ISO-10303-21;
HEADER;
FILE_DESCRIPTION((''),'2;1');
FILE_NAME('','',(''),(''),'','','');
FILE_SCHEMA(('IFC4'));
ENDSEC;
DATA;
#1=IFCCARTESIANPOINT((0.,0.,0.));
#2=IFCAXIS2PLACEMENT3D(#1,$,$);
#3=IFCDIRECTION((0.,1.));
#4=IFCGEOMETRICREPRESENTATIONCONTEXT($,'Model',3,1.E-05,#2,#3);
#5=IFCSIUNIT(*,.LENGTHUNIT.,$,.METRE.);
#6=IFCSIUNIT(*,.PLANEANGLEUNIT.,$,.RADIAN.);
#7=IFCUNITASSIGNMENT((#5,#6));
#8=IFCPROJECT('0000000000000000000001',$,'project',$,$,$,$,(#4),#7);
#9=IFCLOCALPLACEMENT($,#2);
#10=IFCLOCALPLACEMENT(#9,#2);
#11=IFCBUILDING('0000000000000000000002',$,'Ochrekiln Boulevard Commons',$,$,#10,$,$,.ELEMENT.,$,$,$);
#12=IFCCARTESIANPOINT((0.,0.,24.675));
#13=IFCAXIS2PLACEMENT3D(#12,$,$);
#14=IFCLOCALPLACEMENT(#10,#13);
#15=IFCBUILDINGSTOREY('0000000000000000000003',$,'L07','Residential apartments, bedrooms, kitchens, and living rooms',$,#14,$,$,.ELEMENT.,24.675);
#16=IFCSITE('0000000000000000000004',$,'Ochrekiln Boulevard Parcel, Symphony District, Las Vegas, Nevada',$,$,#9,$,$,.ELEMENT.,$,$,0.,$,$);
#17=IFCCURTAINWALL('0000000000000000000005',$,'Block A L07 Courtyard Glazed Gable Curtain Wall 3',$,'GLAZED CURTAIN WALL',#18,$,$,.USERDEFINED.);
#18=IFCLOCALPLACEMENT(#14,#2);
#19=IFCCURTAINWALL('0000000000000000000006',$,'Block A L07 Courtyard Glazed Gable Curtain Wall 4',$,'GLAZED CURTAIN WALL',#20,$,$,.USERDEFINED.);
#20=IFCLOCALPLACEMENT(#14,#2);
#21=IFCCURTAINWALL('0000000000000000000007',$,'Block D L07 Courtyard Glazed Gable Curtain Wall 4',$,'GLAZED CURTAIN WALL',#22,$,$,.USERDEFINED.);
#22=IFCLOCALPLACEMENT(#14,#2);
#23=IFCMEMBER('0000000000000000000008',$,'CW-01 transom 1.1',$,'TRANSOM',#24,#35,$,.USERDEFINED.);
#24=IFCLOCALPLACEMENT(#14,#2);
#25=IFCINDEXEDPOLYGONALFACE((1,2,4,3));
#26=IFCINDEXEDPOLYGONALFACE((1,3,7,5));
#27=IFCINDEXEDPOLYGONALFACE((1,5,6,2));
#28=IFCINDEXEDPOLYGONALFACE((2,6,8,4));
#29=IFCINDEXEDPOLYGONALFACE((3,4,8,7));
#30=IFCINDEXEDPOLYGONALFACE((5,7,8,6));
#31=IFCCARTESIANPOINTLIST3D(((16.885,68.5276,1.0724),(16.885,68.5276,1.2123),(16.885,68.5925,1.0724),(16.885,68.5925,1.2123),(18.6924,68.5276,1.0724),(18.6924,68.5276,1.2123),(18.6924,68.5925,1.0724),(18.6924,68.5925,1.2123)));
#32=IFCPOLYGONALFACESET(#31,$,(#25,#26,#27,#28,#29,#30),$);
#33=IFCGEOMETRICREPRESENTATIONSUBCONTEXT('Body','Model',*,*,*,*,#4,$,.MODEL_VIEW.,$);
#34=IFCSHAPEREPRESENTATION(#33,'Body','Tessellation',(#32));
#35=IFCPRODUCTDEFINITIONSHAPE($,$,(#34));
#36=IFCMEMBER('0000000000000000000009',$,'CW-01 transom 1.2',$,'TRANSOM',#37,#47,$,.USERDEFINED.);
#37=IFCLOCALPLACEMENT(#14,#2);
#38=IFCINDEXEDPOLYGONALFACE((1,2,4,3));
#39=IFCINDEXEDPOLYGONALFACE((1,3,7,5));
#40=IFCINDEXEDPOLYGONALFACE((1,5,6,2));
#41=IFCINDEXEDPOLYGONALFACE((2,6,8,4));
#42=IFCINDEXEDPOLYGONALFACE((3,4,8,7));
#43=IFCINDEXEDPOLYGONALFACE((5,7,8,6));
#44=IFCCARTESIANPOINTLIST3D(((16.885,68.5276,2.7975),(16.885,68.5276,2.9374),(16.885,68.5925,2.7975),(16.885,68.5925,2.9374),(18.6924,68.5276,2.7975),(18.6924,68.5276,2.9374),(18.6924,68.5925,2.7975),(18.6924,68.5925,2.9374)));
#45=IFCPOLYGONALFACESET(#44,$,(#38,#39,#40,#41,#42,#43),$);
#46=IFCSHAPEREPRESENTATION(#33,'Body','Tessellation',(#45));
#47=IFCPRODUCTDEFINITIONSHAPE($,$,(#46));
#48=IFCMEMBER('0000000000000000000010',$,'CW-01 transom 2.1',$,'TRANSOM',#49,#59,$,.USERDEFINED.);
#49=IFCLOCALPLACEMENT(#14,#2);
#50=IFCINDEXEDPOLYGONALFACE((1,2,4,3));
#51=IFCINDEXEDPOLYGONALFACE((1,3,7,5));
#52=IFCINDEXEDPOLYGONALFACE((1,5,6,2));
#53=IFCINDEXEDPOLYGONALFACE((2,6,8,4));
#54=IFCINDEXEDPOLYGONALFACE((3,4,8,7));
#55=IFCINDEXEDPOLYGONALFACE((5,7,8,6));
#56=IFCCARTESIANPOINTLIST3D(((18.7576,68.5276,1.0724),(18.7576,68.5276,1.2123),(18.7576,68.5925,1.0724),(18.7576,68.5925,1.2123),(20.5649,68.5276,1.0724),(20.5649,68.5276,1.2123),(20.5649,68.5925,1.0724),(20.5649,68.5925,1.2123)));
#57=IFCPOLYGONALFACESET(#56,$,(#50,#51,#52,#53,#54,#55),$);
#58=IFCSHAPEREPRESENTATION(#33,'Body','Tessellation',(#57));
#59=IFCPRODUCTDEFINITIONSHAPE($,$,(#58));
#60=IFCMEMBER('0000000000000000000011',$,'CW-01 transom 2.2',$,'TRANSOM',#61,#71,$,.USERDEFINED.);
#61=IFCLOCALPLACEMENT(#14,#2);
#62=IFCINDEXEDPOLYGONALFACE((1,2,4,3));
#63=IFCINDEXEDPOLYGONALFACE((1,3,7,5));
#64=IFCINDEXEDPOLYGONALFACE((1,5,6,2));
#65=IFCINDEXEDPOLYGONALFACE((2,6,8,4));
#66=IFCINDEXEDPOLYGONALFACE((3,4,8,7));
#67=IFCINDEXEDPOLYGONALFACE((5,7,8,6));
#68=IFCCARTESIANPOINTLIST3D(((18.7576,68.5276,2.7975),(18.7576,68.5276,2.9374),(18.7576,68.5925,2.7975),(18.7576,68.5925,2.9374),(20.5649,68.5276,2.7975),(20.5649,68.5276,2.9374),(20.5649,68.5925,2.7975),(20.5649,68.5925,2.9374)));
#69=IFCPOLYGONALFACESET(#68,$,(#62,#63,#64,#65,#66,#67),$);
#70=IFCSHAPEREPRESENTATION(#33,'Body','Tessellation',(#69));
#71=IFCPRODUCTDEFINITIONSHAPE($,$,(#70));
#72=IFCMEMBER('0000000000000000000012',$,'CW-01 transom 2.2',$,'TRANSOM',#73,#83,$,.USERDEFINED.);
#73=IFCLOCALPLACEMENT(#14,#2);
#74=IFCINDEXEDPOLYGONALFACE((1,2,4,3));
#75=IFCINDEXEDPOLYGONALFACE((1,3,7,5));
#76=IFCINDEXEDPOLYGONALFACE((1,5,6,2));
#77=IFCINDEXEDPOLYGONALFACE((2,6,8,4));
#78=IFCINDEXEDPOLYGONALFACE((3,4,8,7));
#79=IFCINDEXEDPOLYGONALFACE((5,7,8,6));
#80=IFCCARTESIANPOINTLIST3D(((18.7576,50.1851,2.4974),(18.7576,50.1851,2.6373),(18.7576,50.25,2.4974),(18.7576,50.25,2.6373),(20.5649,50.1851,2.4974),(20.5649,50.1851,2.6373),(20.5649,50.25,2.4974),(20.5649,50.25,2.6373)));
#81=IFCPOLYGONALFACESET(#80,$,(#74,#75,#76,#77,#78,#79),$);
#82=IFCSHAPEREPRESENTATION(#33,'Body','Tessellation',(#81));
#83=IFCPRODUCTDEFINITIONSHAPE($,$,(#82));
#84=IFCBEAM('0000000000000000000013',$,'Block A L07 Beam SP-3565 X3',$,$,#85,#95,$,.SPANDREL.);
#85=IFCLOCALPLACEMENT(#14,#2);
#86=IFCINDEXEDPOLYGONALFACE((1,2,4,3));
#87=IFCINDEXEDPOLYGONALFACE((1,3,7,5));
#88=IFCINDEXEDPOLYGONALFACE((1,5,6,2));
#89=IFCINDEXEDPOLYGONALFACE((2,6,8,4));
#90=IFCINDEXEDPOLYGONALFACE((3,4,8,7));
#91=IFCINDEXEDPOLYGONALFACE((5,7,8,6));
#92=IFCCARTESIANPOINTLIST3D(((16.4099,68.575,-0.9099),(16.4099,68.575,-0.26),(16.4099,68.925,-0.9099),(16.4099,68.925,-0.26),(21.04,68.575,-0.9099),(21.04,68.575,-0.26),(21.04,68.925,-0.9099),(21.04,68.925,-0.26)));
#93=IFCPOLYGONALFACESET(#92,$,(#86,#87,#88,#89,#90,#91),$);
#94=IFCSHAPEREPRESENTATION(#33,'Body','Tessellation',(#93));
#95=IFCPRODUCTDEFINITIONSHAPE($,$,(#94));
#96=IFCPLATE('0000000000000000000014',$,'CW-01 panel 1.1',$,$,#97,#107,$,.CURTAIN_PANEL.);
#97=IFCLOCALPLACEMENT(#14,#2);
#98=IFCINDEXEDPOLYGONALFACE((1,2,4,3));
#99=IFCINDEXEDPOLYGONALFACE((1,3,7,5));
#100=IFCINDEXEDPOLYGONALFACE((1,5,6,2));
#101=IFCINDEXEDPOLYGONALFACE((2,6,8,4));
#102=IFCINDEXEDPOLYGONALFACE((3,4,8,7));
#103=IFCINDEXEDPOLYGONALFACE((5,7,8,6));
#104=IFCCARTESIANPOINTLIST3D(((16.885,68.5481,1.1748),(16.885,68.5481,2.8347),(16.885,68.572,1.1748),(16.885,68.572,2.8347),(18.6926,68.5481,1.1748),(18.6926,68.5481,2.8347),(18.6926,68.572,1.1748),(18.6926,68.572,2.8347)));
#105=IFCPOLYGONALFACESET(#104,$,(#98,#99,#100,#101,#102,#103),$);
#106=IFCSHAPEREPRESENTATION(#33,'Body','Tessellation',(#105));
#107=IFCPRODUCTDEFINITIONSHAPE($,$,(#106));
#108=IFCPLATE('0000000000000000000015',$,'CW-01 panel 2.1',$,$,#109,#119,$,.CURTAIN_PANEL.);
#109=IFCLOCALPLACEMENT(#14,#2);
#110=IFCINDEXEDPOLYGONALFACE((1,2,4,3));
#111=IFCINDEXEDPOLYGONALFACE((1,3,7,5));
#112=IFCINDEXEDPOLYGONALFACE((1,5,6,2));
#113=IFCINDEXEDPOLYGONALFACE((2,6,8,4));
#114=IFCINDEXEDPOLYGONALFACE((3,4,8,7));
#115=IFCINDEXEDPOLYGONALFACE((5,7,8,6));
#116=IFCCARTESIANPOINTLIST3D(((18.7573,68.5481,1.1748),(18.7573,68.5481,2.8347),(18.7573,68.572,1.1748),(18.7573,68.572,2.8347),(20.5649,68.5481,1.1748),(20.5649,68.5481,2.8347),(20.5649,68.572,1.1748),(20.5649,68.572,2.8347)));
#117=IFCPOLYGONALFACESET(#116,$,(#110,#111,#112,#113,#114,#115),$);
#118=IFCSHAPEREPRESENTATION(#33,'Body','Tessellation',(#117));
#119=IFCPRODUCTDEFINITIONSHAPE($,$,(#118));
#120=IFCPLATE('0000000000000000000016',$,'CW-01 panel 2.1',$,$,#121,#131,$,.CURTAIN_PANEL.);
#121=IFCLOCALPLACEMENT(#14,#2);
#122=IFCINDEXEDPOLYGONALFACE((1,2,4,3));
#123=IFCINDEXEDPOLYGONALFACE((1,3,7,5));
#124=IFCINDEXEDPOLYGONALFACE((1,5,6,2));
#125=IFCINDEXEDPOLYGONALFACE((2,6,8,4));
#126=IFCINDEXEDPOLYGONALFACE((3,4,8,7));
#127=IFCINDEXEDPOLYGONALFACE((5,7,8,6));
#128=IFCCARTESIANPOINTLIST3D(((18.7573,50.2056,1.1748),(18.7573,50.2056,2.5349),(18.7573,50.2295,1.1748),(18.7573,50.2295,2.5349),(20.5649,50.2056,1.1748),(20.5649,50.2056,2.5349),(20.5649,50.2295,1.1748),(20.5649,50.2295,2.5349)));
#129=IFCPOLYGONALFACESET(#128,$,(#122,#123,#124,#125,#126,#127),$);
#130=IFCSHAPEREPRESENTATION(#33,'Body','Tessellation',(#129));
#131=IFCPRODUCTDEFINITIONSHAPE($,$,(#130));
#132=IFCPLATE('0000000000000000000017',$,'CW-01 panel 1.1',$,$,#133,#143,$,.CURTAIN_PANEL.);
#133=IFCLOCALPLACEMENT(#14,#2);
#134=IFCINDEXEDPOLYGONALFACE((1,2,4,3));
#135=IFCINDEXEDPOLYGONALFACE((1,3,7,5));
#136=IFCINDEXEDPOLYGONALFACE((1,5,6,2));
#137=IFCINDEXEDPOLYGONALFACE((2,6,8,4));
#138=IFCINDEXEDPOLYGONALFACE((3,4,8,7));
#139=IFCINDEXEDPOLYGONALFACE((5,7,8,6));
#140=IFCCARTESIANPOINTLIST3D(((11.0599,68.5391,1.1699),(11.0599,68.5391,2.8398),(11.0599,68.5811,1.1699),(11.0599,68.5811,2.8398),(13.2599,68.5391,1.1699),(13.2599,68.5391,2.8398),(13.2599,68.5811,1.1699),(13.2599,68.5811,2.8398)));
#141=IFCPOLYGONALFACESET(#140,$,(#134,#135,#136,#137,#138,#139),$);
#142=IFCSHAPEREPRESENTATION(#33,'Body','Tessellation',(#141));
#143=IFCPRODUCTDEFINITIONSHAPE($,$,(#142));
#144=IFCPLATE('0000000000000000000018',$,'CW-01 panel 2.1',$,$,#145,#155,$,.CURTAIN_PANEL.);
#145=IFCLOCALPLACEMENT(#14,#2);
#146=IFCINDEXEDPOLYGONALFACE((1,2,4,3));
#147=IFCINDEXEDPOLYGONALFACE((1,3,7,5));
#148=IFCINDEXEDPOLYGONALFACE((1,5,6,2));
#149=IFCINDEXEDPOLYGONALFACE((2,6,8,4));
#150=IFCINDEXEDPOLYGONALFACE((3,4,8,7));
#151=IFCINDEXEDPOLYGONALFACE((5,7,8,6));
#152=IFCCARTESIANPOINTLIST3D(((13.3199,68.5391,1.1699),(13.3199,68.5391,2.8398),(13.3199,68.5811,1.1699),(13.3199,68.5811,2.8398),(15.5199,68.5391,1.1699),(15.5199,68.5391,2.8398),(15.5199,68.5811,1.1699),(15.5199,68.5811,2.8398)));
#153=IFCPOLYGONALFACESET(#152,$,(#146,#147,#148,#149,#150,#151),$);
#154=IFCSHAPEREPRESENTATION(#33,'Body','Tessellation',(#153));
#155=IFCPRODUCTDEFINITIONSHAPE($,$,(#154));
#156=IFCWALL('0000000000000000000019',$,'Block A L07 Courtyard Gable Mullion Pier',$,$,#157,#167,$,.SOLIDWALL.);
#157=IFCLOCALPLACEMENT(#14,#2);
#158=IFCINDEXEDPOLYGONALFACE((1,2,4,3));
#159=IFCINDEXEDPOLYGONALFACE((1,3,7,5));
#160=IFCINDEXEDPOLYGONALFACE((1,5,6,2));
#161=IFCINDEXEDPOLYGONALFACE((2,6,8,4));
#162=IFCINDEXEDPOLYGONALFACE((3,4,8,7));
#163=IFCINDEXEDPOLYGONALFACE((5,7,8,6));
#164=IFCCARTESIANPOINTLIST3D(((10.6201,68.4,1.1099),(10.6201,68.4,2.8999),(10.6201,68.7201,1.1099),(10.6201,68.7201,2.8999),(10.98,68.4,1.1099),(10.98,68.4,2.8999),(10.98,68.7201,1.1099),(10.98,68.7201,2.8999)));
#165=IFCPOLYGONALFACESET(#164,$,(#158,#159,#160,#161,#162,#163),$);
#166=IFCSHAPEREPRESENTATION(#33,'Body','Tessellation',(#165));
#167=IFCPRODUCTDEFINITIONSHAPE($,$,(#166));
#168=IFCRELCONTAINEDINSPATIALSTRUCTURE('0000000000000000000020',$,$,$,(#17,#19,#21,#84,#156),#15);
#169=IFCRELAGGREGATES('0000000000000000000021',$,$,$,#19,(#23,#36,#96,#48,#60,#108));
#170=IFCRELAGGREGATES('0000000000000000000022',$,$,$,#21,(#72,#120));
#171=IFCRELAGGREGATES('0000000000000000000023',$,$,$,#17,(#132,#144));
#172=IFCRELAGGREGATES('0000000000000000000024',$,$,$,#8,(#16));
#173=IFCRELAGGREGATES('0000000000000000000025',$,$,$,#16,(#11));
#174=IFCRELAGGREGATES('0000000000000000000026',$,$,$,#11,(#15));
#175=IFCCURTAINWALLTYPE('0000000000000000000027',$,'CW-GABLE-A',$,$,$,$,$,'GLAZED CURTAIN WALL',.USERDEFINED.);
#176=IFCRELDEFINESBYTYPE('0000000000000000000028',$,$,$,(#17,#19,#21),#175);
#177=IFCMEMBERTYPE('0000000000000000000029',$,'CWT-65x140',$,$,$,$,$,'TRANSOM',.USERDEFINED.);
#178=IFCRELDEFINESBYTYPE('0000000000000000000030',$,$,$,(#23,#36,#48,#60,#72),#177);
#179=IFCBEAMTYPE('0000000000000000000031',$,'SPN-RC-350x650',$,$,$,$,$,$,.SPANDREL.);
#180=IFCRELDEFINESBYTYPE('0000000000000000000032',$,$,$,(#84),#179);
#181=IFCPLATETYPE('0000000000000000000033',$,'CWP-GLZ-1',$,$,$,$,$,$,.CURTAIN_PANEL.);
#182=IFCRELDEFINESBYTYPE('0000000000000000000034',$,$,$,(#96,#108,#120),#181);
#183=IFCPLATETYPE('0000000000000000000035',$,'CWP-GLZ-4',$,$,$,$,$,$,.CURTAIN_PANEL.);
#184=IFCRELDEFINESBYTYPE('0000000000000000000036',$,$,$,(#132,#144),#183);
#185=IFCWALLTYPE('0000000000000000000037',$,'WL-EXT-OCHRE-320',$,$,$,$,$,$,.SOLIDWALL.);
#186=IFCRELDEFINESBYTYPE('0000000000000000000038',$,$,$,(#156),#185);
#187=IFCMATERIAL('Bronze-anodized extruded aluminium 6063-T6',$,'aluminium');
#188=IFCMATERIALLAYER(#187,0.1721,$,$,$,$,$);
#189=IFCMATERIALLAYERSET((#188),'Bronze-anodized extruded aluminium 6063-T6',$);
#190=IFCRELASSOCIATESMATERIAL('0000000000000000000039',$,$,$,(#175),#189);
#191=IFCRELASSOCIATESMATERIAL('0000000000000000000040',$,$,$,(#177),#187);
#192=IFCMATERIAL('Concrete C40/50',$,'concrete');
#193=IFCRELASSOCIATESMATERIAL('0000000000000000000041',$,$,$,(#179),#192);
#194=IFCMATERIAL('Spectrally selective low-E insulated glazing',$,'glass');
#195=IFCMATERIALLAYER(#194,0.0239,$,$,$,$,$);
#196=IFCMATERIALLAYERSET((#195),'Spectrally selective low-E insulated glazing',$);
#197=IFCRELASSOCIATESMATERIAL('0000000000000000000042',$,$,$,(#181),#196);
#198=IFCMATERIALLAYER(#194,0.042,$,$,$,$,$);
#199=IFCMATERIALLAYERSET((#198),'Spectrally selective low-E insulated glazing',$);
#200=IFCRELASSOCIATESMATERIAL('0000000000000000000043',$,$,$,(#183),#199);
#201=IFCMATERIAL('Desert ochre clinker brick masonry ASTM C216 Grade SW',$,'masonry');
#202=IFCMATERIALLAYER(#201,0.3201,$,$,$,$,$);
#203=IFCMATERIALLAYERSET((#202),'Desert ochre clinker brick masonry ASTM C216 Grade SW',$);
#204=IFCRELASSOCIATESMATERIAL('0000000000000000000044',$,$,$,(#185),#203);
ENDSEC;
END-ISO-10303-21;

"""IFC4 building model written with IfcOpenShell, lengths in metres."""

from ifc_helpers import new_model, si_unit, direction, frame, frame_2d, origin, origin_2d, place, context, subcontext, project, spatial, rectangle, extrude, material, layer, layer_set, material_profile, profile_set, type_object, element, aggregate, save


model = new_model("IFC4")

# Units and contexts
model_context = context("Model", 3, precision=1e-05, world=origin(), true_north=direction((0.0, 1.0)))
body_context = subcontext(model_context, "Body", "Model", "MODEL_VIEW")
ifc_project = project(units=[si_unit("LENGTHUNIT", "METRE"), si_unit("PLANEANGLEUNIT", "RADIAN")], contexts=[model_context])

# Site, building, storey
site_placement = place(None, origin())
site = spatial("IfcSite", under=ifc_project, at=site_placement, Name="Ochrekiln Boulevard Parcel, Symphony District, Las Vegas, Nevada", CompositionType="ELEMENT", RefElevation=0.0)
building_placement = place(site_placement, origin())
building = spatial("IfcBuilding", under=site, at=building_placement, Name="Ochrekiln Boulevard Commons", CompositionType="ELEMENT")
storey_placement = place(building_placement, frame((0.0, 0.0, 24.675)))
storey = spatial("IfcBuildingStorey", under=building, at=storey_placement, Name="L07", Description="Residential apartments, bedrooms, kitchens, and living rooms", CompositionType="ELEMENT", Elevation=24.675)

# Shared definitions
ifc_material_1 = material(Name="Concrete C40/50", Category="concrete")

# Curtain wall
ifc_material_2 = material(Name="Bronze-anodized extruded aluminium 6063-T6", Category="aluminium")
ifc_layer_1 = layer(ifc_material_2, 0.1721)
ifc_layer_set_1 = layer_set([ifc_layer_1], Name="Bronze-anodized extruded aluminium 6063-T6")
curtain_wall_type = type_object("IfcCurtainWallType", Name="CW-GABLE-A", ElementType="GLAZED CURTAIN WALL", PredefinedType="USERDEFINED", material=ifc_layer_set_1)
curtain_wall_1_placement = place(storey_placement, origin())
curtain_wall_1 = element("IfcCurtainWall", 1, at=curtain_wall_1_placement, inside=storey, type_object=curtain_wall_type, Name="Block A L07 Courtyard Glazed Gable Curtain Wall 3", ObjectType="GLAZED CURTAIN WALL", PredefinedType="USERDEFINED")

# Curtain wall
curtain_wall_2_placement = place(storey_placement, origin())
curtain_wall_2 = element("IfcCurtainWall", 2, at=curtain_wall_2_placement, inside=storey, type_object=curtain_wall_type, Name="Block A L07 Courtyard Glazed Gable Curtain Wall 4", ObjectType="GLAZED CURTAIN WALL", PredefinedType="USERDEFINED")

# Curtain wall
curtain_wall_3_placement = place(storey_placement, origin())
curtain_wall_3 = element("IfcCurtainWall", 3, at=curtain_wall_3_placement, inside=storey, type_object=curtain_wall_type, Name="Block D L07 Courtyard Glazed Gable Curtain Wall 4", ObjectType="GLAZED CURTAIN WALL", PredefinedType="USERDEFINED")

# Members
ifc_material_profile_1 = material_profile(ifc_material_2, rectangle(XDim=0.0649, YDim=0.1399, at=origin_2d()), Name="ALU-TRN-65x140")
ifc_profile_set_1 = profile_set([ifc_material_profile_1], Name="Bronze-anodized extruded aluminium 6063-T6")
member_type_1 = type_object("IfcMemberType", Name="CWT-65x140", ElementType="TRANSOM", PredefinedType="USERDEFINED", material=ifc_profile_set_1)
member_1_placement = place(storey_placement, frame((16.885, 68.5601, 1.1423), z_axis=(1.0, 0.0, 0.0), x_axis=(0.0, 1.0, 0.0)))
member_1 = element("IfcMember", 4, at=member_1_placement, type_object=member_type_1, Name="CW-01 transom 1.1", ObjectType="TRANSOM", PredefinedType="USERDEFINED", context=body_context, shape_type="SweptSolid", body=[
    extrude(rectangle(XDim=0.0649, YDim=0.1399, at=origin_2d()), origin(), (0.0, 0.0, 1.0), 1.8074),
])
member_2_placement = place(storey_placement, frame((16.885, 68.5601, 2.8674), z_axis=(1.0, 0.0, 0.0), x_axis=(0.0, 1.0, 0.0)))
member_2 = element("IfcMember", 5, at=member_2_placement, type_object=member_type_1, Name="CW-01 transom 1.2", ObjectType="TRANSOM", PredefinedType="USERDEFINED", context=body_context, shape_type="SweptSolid", body=[
    extrude(rectangle(XDim=0.0649, YDim=0.1399, at=origin_2d()), origin(), (0.0, 0.0, 1.0), 1.8074),
])
member_3_placement = place(storey_placement, frame((18.7576, 68.5601, 1.1423), z_axis=(1.0, 0.0, 0.0), x_axis=(0.0, 1.0, 0.0)))
member_3 = element("IfcMember", 6, at=member_3_placement, type_object=member_type_1, Name="CW-01 transom 2.1", ObjectType="TRANSOM", PredefinedType="USERDEFINED", context=body_context, shape_type="SweptSolid", body=[
    extrude(rectangle(XDim=0.0649, YDim=0.1399, at=origin_2d()), origin(), (0.0, 0.0, 1.0), 1.8074),
])
member_4_placement = place(storey_placement, frame((18.7576, 68.5601, 2.8674), z_axis=(1.0, 0.0, 0.0), x_axis=(0.0, 1.0, 0.0)))
member_4 = element("IfcMember", 7, at=member_4_placement, type_object=member_type_1, Name="CW-01 transom 2.2", ObjectType="TRANSOM", PredefinedType="USERDEFINED", context=body_context, shape_type="SweptSolid", body=[
    extrude(rectangle(XDim=0.0649, YDim=0.1399, at=origin_2d()), origin(), (0.0, 0.0, 1.0), 1.8074),
])
member_5_placement = place(storey_placement, frame((18.7576, 50.2175, 2.5674), z_axis=(1.0, 0.0, 0.0), x_axis=(0.0, 1.0, 0.0)))
member_5 = element("IfcMember", 8, at=member_5_placement, type_object=member_type_1, Name="CW-01 transom 2.2", ObjectType="TRANSOM", PredefinedType="USERDEFINED", context=body_context, shape_type="SweptSolid", body=[
    extrude(rectangle(XDim=0.0649, YDim=0.1399, at=origin_2d()), origin(), (0.0, 0.0, 1.0), 1.8074),
])

# Beam
ifc_material_profile_2 = material_profile(ifc_material_1, rectangle(XDim=0.3501, YDim=0.6499, at=origin_2d()), Name="RC-SPN-350x650")
ifc_profile_set_2 = profile_set([ifc_material_profile_2], Name="Concrete C40/50")
beam_type = type_object("IfcBeamType", Name="SPN-RC-350x650", PredefinedType="SPANDREL", material=ifc_profile_set_2)
beam_placement = place(storey_placement, frame((16.4099, 68.75, -0.585), z_axis=(1.0, 0.0, 0.0), x_axis=(0.0, 1.0, 0.0)))
element("IfcBeam", 9, at=beam_placement, inside=storey, type_object=beam_type, Name="Block A L07 Beam SP-3565 X3", PredefinedType="SPANDREL", context=body_context, shape_type="SweptSolid", body=[
    extrude(rectangle(XDim=0.3501, YDim=0.6499, at=origin_2d()), origin(), (0.0, 0.0, 1.0), 4.6301),
])

# Plates
ifc_material_3 = material(Name="Spectrally selective low-E insulated glazing", Category="glass")
ifc_layer_2 = layer(ifc_material_3, 0.0239)
ifc_layer_set_2 = layer_set([ifc_layer_2], Name="Spectrally selective low-E insulated glazing")
plate_type_1 = type_object("IfcPlateType", Name="CWP-GLZ-1", PredefinedType="CURTAIN_PANEL", material=ifc_layer_set_2)
plate_1_placement = place(storey_placement, frame((17.7888, 68.5601, 1.1748), z_axis=(0.0, 0.0, 1.0), x_axis=(1.0, 0.0, 0.0)))
plate_1 = element("IfcPlate", 10, at=plate_1_placement, type_object=plate_type_1, Name="CW-01 panel 1.1", PredefinedType="CURTAIN_PANEL", context=body_context, shape_type="SweptSolid", body=[
    extrude(rectangle(XDim=1.8076, YDim=0.0239, at=origin_2d()), origin(), (0.0, 0.0, 1.0), 1.6599),
])
plate_2_placement = place(storey_placement, frame((19.6611, 68.5601, 1.1748), z_axis=(0.0, 0.0, 1.0), x_axis=(1.0, 0.0, 0.0)))
plate_2 = element("IfcPlate", 11, at=plate_2_placement, type_object=plate_type_1, Name="CW-01 panel 2.1", PredefinedType="CURTAIN_PANEL", context=body_context, shape_type="SweptSolid", body=[
    extrude(rectangle(XDim=1.8076, YDim=0.0239, at=origin_2d()), origin(), (0.0, 0.0, 1.0), 1.6599),
])
aggregate(curtain_wall_2, [member_1, member_2, plate_1, member_3, member_4, plate_2])
plate_3_placement = place(storey_placement, frame((19.6611, 50.2175, 1.1748), z_axis=(0.0, 0.0, 1.0), x_axis=(1.0, 0.0, 0.0)))
plate_3 = element("IfcPlate", 12, at=plate_3_placement, type_object=plate_type_1, Name="CW-01 panel 2.1", PredefinedType="CURTAIN_PANEL", context=body_context, shape_type="SweptSolid", body=[
    extrude(rectangle(XDim=1.8076, YDim=0.0239, at=origin_2d()), origin(), (0.0, 0.0, 1.0), 1.3601),
])
aggregate(curtain_wall_3, [member_5, plate_3])
ifc_layer_3 = layer(ifc_material_3, 0.042)
ifc_layer_set_3 = layer_set([ifc_layer_3], Name="Spectrally selective low-E insulated glazing")
plate_type_2 = type_object("IfcPlateType", Name="CWP-GLZ-4", PredefinedType="CURTAIN_PANEL", material=ifc_layer_set_3)
plate_4_placement = place(storey_placement, frame((12.1599, 68.5601, 1.1699), z_axis=(0.0, 0.0, 1.0), x_axis=(1.0, 0.0, 0.0)))
plate_4 = element("IfcPlate", 13, at=plate_4_placement, type_object=plate_type_2, Name="CW-01 panel 1.1", PredefinedType="CURTAIN_PANEL", context=body_context, shape_type="SweptSolid", body=[
    extrude(rectangle(XDim=2.2, YDim=0.042, at=origin_2d()), origin(), (0.0, 0.0, 1.0), 1.6699),
])
plate_5_placement = place(storey_placement, frame((14.4199, 68.5601, 1.1699), z_axis=(0.0, 0.0, 1.0), x_axis=(1.0, 0.0, 0.0)))
plate_5 = element("IfcPlate", 14, at=plate_5_placement, type_object=plate_type_2, Name="CW-01 panel 2.1", PredefinedType="CURTAIN_PANEL", context=body_context, shape_type="SweptSolid", body=[
    extrude(rectangle(XDim=2.2, YDim=0.042, at=origin_2d()), origin(), (0.0, 0.0, 1.0), 1.6699),
])
aggregate(curtain_wall_1, [plate_4, plate_5])

# Wall
ifc_material_4 = material(Name="Desert ochre clinker brick masonry ASTM C216 Grade SW", Category="masonry")
ifc_layer_4 = layer(ifc_material_4, 0.3201)
ifc_layer_set_4 = layer_set([ifc_layer_4], Name="Desert ochre clinker brick masonry ASTM C216 Grade SW")
wall_type = type_object("IfcWallType", Name="WL-EXT-OCHRE-320", PredefinedType="SOLIDWALL", material=ifc_layer_set_4)
wall_placement = place(storey_placement, frame((10.6201, 68.5601, 1.1099), z_axis=(0.0, 0.0, 1.0), x_axis=(1.0, 0.0, 0.0)))
element("IfcWall", 15, at=wall_placement, inside=storey, type_object=wall_type, Name="Block A L07 Courtyard Gable Mullion Pier", PredefinedType="SOLIDWALL", context=body_context, shape_type="SweptSolid", body=[
    extrude(rectangle(XDim=0.3599, YDim=0.3201, at=frame_2d((0.1799, 0.0))), origin(), (0.0, 0.0, 1.0), 1.79),
])

save(model, "model.ifc")
